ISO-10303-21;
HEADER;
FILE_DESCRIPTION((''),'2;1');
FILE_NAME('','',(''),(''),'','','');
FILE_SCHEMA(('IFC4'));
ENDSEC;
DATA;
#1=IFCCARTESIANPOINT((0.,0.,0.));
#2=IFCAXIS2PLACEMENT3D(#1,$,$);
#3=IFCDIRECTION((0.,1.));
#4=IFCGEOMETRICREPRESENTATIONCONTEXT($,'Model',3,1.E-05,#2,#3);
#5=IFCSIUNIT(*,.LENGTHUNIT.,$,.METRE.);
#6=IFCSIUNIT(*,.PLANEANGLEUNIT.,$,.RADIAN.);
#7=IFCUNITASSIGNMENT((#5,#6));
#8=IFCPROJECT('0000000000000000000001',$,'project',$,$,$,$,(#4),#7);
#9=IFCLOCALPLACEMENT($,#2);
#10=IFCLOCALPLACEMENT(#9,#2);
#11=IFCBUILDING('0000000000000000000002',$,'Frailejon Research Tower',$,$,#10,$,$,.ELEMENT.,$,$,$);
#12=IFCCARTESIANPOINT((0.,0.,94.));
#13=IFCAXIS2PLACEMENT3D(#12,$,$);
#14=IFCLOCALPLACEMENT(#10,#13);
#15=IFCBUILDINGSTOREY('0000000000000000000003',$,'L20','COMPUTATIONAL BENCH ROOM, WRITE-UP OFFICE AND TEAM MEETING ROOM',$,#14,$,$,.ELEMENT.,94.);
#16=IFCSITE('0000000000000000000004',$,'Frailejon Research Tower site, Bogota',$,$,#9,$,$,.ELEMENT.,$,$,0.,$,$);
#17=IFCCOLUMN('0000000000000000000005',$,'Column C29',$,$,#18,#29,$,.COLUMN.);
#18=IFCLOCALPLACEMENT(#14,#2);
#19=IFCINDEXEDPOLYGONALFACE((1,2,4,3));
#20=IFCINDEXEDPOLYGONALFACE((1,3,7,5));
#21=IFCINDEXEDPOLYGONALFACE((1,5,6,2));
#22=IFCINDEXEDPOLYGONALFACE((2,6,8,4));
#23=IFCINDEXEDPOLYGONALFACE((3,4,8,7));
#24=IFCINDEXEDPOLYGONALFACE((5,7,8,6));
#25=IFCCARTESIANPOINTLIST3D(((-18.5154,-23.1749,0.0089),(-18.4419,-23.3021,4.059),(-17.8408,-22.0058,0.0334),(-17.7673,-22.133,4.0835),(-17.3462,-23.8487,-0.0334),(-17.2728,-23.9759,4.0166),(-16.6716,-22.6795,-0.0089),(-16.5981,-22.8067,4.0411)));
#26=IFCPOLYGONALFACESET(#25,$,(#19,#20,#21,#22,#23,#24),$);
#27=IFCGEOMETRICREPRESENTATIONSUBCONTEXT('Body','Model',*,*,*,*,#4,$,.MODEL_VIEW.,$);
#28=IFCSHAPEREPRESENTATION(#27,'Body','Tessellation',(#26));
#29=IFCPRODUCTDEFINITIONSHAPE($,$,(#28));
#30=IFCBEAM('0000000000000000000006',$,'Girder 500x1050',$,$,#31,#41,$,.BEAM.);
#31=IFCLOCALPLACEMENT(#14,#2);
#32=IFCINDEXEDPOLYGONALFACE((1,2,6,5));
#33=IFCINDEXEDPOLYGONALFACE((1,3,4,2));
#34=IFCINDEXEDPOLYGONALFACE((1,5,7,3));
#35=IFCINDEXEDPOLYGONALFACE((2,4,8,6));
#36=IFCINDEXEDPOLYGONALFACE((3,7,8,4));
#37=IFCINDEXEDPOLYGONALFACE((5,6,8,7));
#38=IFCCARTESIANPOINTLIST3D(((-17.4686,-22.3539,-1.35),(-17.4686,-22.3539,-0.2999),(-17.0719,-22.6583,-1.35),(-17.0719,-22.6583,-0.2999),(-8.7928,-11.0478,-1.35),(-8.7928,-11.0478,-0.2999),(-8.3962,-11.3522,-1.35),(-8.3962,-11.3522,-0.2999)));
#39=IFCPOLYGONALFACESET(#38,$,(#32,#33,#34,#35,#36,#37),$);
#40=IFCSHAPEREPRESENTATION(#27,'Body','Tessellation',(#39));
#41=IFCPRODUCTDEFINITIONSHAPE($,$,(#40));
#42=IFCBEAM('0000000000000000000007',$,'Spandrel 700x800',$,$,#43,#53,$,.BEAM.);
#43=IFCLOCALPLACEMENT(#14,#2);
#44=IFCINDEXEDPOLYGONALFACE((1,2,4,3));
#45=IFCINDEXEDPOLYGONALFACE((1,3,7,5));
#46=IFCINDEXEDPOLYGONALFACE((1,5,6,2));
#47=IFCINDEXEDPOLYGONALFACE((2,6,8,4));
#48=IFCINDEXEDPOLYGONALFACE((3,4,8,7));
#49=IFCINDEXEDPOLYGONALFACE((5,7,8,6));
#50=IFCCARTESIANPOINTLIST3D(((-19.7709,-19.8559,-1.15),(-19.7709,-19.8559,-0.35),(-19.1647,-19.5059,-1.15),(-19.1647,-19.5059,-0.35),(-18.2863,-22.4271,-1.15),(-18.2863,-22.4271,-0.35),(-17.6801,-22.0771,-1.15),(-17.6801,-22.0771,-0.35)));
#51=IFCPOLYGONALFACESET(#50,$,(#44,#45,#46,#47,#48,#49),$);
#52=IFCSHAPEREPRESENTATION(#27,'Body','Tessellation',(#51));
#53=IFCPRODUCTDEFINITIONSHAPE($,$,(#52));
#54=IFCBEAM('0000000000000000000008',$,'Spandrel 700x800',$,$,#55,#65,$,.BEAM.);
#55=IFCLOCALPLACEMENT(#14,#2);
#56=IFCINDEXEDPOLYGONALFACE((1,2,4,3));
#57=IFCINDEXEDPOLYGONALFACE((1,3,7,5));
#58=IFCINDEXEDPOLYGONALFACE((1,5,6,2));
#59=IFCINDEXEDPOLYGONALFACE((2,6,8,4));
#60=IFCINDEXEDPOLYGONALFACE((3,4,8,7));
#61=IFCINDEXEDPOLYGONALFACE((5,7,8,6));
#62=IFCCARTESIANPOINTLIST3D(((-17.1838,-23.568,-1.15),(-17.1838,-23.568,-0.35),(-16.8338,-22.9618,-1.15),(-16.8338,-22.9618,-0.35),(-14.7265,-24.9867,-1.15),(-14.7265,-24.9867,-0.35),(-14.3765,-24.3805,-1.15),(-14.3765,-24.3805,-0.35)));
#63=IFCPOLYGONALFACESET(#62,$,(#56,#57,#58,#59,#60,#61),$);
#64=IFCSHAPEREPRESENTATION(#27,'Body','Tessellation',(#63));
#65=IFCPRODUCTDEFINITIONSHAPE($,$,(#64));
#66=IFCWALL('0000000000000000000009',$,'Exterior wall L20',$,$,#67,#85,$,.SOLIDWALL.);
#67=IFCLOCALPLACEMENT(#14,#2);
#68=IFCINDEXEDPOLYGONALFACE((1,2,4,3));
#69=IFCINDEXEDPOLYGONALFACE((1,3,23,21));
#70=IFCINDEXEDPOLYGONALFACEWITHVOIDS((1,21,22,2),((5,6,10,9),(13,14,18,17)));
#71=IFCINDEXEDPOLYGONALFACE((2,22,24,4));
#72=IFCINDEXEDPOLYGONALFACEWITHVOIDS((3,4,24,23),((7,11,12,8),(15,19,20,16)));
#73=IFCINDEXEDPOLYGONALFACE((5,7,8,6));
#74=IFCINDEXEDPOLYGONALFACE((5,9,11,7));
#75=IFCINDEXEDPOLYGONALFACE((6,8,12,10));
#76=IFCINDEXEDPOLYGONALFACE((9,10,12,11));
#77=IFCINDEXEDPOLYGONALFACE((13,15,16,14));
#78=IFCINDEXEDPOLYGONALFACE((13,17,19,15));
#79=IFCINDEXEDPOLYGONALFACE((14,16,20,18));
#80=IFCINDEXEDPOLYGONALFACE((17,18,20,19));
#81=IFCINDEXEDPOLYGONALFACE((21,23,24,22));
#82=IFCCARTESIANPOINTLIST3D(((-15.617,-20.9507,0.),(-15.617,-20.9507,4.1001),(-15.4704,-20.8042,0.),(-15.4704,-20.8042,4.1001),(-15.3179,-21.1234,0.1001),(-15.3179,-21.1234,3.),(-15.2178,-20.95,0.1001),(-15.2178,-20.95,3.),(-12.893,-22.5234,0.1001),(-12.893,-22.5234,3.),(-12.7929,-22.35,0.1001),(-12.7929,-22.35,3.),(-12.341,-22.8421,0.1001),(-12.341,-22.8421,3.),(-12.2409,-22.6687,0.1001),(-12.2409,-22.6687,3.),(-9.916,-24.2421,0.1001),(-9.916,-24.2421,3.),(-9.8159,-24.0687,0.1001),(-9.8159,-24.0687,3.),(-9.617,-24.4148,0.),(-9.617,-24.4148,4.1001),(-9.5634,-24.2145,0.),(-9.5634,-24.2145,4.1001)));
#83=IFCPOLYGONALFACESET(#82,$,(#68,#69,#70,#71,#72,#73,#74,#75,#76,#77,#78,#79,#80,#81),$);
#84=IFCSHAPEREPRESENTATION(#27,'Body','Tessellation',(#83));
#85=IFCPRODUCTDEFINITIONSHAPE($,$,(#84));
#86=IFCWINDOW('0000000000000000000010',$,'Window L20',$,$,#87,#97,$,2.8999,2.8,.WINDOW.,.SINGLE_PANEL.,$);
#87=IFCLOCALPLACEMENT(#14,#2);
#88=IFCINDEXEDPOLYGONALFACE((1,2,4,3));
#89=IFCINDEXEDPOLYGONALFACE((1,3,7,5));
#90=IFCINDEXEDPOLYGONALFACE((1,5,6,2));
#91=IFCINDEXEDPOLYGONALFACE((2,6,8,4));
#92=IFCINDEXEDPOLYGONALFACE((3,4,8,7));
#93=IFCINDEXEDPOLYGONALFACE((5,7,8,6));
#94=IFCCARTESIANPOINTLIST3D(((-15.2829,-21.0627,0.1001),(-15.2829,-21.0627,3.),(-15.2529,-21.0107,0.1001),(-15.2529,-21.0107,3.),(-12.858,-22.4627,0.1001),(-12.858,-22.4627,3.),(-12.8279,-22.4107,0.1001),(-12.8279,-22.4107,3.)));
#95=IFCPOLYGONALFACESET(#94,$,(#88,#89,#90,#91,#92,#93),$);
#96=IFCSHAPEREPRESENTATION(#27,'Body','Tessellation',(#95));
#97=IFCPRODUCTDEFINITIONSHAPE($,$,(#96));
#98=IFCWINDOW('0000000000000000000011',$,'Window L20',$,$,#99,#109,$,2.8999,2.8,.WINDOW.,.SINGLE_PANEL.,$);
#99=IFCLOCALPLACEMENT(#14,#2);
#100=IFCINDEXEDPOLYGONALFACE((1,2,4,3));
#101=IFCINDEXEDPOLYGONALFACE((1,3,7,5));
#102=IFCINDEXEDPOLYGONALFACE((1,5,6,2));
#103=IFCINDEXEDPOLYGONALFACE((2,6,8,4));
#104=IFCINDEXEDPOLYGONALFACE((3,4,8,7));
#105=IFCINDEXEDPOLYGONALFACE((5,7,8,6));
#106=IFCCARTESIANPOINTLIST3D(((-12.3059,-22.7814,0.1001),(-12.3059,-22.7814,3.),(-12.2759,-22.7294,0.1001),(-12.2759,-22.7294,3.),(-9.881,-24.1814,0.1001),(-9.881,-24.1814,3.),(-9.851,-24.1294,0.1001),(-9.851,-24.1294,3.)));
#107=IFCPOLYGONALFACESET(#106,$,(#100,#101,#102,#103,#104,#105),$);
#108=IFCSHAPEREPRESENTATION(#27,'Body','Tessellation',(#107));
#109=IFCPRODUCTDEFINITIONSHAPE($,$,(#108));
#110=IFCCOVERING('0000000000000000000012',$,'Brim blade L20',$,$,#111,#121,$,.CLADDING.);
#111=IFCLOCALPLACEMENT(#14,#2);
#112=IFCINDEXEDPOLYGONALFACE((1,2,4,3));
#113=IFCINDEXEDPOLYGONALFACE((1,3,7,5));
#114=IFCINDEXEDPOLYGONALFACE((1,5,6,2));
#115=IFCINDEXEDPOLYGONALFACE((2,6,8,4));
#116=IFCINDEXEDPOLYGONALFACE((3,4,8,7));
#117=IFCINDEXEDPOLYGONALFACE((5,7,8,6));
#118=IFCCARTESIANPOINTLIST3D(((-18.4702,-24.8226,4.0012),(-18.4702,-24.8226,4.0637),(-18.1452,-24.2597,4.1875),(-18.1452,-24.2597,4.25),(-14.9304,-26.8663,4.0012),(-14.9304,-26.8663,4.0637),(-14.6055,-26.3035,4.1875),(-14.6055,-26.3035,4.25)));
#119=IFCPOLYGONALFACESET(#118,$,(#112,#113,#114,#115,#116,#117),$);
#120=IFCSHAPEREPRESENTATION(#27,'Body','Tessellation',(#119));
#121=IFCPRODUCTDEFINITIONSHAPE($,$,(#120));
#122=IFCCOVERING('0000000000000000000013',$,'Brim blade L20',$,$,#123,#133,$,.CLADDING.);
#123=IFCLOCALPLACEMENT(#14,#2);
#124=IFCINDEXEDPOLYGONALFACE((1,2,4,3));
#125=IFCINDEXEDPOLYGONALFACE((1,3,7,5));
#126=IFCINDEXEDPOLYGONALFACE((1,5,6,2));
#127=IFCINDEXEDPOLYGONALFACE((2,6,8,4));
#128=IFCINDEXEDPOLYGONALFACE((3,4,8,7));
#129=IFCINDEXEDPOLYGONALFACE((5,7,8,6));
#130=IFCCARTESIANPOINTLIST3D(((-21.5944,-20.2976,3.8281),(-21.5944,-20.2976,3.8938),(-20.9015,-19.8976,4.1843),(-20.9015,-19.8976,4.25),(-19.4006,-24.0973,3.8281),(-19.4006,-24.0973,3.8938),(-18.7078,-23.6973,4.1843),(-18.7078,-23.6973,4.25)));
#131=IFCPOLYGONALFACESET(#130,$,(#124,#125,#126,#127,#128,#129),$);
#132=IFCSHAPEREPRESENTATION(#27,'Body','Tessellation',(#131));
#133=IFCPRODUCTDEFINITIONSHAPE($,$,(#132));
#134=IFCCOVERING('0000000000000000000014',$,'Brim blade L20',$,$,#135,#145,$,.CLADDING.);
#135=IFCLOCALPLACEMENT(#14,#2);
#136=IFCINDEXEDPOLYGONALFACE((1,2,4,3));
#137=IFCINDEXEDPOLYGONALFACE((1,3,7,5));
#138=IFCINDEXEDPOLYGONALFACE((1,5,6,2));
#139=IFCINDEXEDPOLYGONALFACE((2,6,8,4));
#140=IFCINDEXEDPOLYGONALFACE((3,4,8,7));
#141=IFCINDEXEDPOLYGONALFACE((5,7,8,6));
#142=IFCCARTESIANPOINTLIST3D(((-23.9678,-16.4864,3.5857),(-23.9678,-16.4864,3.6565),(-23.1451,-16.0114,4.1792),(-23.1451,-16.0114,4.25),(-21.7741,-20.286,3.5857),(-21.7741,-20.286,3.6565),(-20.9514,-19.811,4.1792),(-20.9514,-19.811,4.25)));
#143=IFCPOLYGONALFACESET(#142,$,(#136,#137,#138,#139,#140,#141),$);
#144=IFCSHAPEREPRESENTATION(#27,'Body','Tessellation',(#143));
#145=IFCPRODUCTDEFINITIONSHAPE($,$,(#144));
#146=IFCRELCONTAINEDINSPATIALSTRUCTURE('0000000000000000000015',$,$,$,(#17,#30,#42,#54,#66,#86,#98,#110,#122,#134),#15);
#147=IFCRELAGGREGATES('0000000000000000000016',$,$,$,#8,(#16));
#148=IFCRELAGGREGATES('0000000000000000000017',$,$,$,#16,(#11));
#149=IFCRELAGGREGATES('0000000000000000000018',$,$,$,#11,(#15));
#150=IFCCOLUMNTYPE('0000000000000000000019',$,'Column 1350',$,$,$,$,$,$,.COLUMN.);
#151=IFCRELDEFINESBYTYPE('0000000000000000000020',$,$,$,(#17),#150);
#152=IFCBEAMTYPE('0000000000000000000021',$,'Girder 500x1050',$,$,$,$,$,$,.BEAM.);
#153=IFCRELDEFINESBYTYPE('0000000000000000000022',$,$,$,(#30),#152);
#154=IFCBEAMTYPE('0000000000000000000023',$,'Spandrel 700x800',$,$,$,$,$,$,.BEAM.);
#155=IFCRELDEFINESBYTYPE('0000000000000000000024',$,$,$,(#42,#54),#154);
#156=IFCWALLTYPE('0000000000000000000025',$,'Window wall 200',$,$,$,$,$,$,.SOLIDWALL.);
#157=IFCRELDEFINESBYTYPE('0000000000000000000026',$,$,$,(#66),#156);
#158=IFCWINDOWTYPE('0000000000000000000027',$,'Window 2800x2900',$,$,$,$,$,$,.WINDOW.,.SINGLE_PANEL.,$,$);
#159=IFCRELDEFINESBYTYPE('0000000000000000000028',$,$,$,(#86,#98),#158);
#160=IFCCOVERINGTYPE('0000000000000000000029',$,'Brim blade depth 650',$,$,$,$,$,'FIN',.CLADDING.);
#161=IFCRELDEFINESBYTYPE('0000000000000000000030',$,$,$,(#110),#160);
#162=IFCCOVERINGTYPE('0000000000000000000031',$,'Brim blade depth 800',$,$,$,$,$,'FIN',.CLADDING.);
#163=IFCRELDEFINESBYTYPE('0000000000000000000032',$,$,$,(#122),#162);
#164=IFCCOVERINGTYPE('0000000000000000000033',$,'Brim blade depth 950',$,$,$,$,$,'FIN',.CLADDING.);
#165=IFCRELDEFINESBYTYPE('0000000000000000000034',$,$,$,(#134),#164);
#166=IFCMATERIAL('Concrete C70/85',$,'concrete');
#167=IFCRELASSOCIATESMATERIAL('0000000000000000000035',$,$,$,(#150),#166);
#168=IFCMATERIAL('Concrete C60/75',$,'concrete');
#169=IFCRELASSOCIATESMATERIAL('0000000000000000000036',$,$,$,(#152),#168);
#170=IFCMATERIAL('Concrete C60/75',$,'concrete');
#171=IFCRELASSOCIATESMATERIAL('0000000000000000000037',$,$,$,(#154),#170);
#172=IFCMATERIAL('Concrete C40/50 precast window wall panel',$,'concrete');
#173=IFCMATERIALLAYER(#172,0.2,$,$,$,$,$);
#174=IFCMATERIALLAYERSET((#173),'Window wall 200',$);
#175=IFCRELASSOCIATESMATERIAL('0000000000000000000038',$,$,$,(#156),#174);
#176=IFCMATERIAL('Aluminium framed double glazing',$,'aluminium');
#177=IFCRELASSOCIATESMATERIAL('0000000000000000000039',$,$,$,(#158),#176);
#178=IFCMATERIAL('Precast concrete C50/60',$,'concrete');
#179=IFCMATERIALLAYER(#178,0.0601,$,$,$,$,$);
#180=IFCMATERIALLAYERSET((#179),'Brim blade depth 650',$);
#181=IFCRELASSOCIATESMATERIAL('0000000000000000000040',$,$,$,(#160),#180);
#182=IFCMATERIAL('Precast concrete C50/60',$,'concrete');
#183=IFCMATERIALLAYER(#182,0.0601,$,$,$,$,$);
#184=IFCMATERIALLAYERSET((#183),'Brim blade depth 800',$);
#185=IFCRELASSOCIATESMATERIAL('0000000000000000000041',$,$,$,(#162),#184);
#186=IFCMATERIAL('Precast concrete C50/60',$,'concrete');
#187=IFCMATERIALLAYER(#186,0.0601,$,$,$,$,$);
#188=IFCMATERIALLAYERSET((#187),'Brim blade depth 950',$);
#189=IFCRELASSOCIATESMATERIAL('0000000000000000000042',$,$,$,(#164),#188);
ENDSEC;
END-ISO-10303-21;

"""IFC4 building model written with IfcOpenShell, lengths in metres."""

from ifc_helpers import new_model, si_unit, direction, frame, frame_2d, origin, origin_2d, place, context, subcontext, project, spatial, polyline, rectangle, outline, extrude, material, layer, layer_set, material_profile, profile_set, type_object, element, fill, save


model = new_model("IFC4")

# Units and contexts
model_context = context("Model", 3, precision=1e-05, world=origin(), true_north=direction((0.0, 1.0)))
body_context = subcontext(model_context, "Body", "Model", "MODEL_VIEW")
ifc_project = project(units=[si_unit("LENGTHUNIT", "METRE"), si_unit("PLANEANGLEUNIT", "RADIAN")], contexts=[model_context])

# Site, building, storey
site_placement = place(None, origin())
site = spatial("IfcSite", under=ifc_project, at=site_placement, Name="Frailejon Research Tower site, Bogota", CompositionType="ELEMENT", RefElevation=0.0)
building_placement = place(site_placement, origin())
building = spatial("IfcBuilding", under=site, at=building_placement, Name="Frailejon Research Tower", CompositionType="ELEMENT")
storey_placement = place(building_placement, frame((0.0, 0.0, 94.0)))
storey = spatial("IfcBuildingStorey", under=building, at=storey_placement, Name="L20", Description="COMPUTATIONAL BENCH ROOM, WRITE-UP OFFICE AND TEAM MEETING ROOM", CompositionType="ELEMENT", Elevation=94.0)

# Column
ifc_material_1 = material(Name="Concrete C70/85", Category="concrete")
ifc_material_profile_1 = material_profile(ifc_material_1, rectangle(XDim=1.3501, YDim=1.3501, at=origin_2d()), Name="Column 1350")
ifc_profile_set_1 = profile_set([ifc_material_profile_1], Name="Concrete C70/85")
column_type = type_object("IfcColumnType", Name="Column 1350", PredefinedType="COLUMN", material=ifc_profile_set_1)
column_placement = place(storey_placement, frame((-17.5935, -22.9272, 0.0), z_axis=(0.018133, -0.031386, 0.999343), x_axis=(0.865999, -0.499059, -0.031387)))
element("IfcColumn", 1, at=column_placement, inside=storey, type_object=column_type, Name="Column C29", PredefinedType="COLUMN", context=body_context, shape_type="SweptSolid", body=[
    extrude(rectangle(XDim=1.3501, YDim=1.3501, at=origin_2d()), origin(), (0.0, 0.0, 1.0), 4.0527),
])

# Beams
ifc_material_2 = material(Name="Concrete C60/75", Category="concrete")
ifc_material_profile_2 = material_profile(ifc_material_2, rectangle(XDim=0.5, YDim=1.05, at=origin_2d()), Name="Girder 500x1050")
ifc_profile_set_2 = profile_set([ifc_material_profile_2], Name="Concrete C60/75")
beam_type_1 = type_object("IfcBeamType", Name="Girder 500x1050", PredefinedType="BEAM", material=ifc_profile_set_2)
beam_1_placement = place(storey_placement, frame((-17.2703, -22.5061, -0.825), z_axis=(0.608773, 0.793344, 0.0), x_axis=(-0.793344, 0.608773, 0.0)))
element("IfcBeam", 2, at=beam_1_placement, inside=storey, type_object=beam_type_1, Name="Girder 500x1050", PredefinedType="BEAM", context=body_context, shape_type="SweptSolid", body=[
    extrude(rectangle(XDim=0.5, YDim=1.05, at=origin_2d()), origin(), (0.0, 0.0, 1.0), 14.2512),
])
ifc_material_3 = material(Name="Concrete C60/75", Category="concrete")
ifc_material_profile_3 = material_profile(ifc_material_3, rectangle(XDim=0.7, YDim=0.8, at=origin_2d()), Name="Spandrel 700x800")
ifc_profile_set_3 = profile_set([ifc_material_profile_3], Name="Concrete C60/75")
beam_type_2 = type_object("IfcBeamType", Name="Spandrel 700x800", PredefinedType="BEAM", material=ifc_profile_set_3)
beam_2_placement = place(storey_placement, frame((-19.4678, -19.6809, -0.75), z_axis=(0.500021, -0.866013, 0.0), x_axis=(0.866013, 0.500021, 0.0)))
element("IfcBeam", 3, at=beam_2_placement, inside=storey, type_object=beam_type_2, Name="Spandrel 700x800", PredefinedType="BEAM", context=body_context, shape_type="SweptSolid", body=[
    extrude(rectangle(XDim=0.7, YDim=0.8, at=origin_2d()), origin(), (0.0, 0.0, 1.0), 2.969),
])
beam_3_placement = place(storey_placement, frame((-17.0088, -23.2649, -0.75), z_axis=(0.866027, -0.499998, 0.0), x_axis=(0.499998, 0.866027, 0.0)))
element("IfcBeam", 4, at=beam_3_placement, inside=storey, type_object=beam_type_2, Name="Spandrel 700x800", PredefinedType="BEAM", context=body_context, shape_type="SweptSolid", body=[
    extrude(rectangle(XDim=0.7, YDim=0.8, at=origin_2d()), origin(), (0.0, 0.0, 1.0), 2.8374),
])

# Wall, openings, windows
ifc_material_4 = material(Name="Concrete C40/50 precast window wall panel", Category="concrete")
ifc_layer_1 = layer(ifc_material_4, 0.2)
ifc_layer_set_1 = layer_set([ifc_layer_1], Name="Window wall 200")
wall_type = type_object("IfcWallType", Name="Window wall 200", PredefinedType="SOLIDWALL", material=ifc_layer_set_1)
wall_placement = place(storey_placement, frame((-15.5437, -20.8774, 0.0), z_axis=(0.0, 0.0, 1.0), x_axis=(0.866029, -0.499993, 0.0)))
wall = element("IfcWall", 5, at=wall_placement, inside=storey, type_object=wall_type, Name="Exterior wall L20", PredefinedType="SOLIDWALL", context=body_context, shape_type="SweptSolid", body=[
    extrude(outline(polyline([(-0.0269, -0.1001), (1.1279, -0.1001), (2.2825, -0.1001), (3.4373, -0.1001), (4.592, -0.1001), (5.7466, -0.1001), (6.9014, -0.1001), (6.8477, 0.1001), (5.7109, 0.1001), (4.574, 0.1001), (3.4373, 0.1001), (2.3005, 0.1001), (1.1636, 0.1001), (0.0269, 0.1001), (-0.0269, -0.1001)])), origin(), (0.0, 0.0, 1.0), 4.1001),
])
opening_1_placement = place(wall_placement, frame((0.3186, 0.0, 0.1001)))
opening_1 = element("IfcOpeningElement", 6, at=opening_1_placement, cuts=wall, PredefinedType="OPENING", context=body_context, shape_type="SweptSolid", body=[
    extrude(rectangle(XDim=2.8, YDim=2.8999, at=frame_2d((1.3999, 1.45))), frame((0.0, 0.1099, 0.0), z_axis=(0.0, -1.0, 0.0), x_axis=(1.0, 0.0, 0.0)), (0.0, 0.0, 1.0), 0.22),
])
opening_2_placement = place(wall_placement, frame((3.7561, 0.0, 0.1001)))
opening_2 = element("IfcOpeningElement", 7, at=opening_2_placement, cuts=wall, PredefinedType="OPENING", context=body_context, shape_type="SweptSolid", body=[
    extrude(rectangle(XDim=2.8, YDim=2.8999, at=frame_2d((1.3999, 1.45))), frame((0.0, 0.1099, 0.0), z_axis=(0.0, -1.0, 0.0), x_axis=(1.0, 0.0, 0.0)), (0.0, 0.0, 1.0), 0.22),
])
ifc_material_5 = material(Name="Aluminium framed double glazing", Category="aluminium")
window_type = type_object("IfcWindowType", Name="Window 2800x2900", PartitioningType="SINGLE_PANEL", PredefinedType="WINDOW", material=ifc_material_5)
window_1_placement = place(opening_1_placement, origin())
window_1 = element("IfcWindow", 8, at=window_1_placement, inside=storey, type_object=window_type, Name="Window L20", OverallHeight=2.8999, OverallWidth=2.8, PartitioningType="SINGLE_PANEL", PredefinedType="WINDOW", context=body_context, shape_type="SweptSolid", body=[
    extrude(rectangle(XDim=2.8, YDim=2.8999, at=frame_2d((1.3999, 1.45))), frame((0.0, 0.03, 0.0), z_axis=(0.0, -1.0, 0.0), x_axis=(1.0, 0.0, 0.0)), (0.0, 0.0, 1.0), 0.0601),
])
fill(opening_1, window_1)
window_2_placement = place(opening_2_placement, origin())
window_2 = element("IfcWindow", 9, at=window_2_placement, inside=storey, type_object=window_type, Name="Window L20", OverallHeight=2.8999, OverallWidth=2.8, PartitioningType="SINGLE_PANEL", PredefinedType="WINDOW", context=body_context, shape_type="SweptSolid", body=[
    extrude(rectangle(XDim=2.8, YDim=2.8999, at=frame_2d((1.3999, 1.45))), frame((0.0, 0.03, 0.0), z_axis=(0.0, -1.0, 0.0), x_axis=(1.0, 0.0, 0.0)), (0.0, 0.0, 1.0), 0.0601),
])
fill(opening_2, window_2)

# Coverings
ifc_material_6 = material(Name="Precast concrete C50/60", Category="concrete")
ifc_layer_2 = layer(ifc_material_6, 0.0601)
ifc_layer_set_2 = layer_set([ifc_layer_2], Name="Brim blade depth 650")
covering_type_1 = type_object("IfcCoveringType", Name="Brim blade depth 650", ElementType="FIN", PredefinedType="CLADDING", material=ifc_layer_set_2)
covering_1_placement = place(storey_placement, frame((-14.6055, -26.3035, 4.25), z_axis=(-0.866021, 0.500007, 0.0), x_axis=(-0.500007, -0.866021, 0.0)))
element("IfcCovering", 10, at=covering_1_placement, inside=storey, type_object=covering_type_1, Name="Brim blade L20", PredefinedType="CLADDING", context=body_context, shape_type="SweptSolid", body=[
    extrude(outline(polyline([(0.0, -0.0625), (0.6499, -0.2488), (0.6499, -0.1863), (0.0, 0.0), (0.0, -0.0625)])), origin(), (0.0, 0.0, 1.0), 4.0874),
])
ifc_material_7 = material(Name="Precast concrete C50/60", Category="concrete")
ifc_layer_3 = layer(ifc_material_7, 0.0601)
ifc_layer_set_3 = layer_set([ifc_layer_3], Name="Brim blade depth 800")
covering_type_2 = type_object("IfcCoveringType", Name="Brim blade depth 800", ElementType="FIN", PredefinedType="CLADDING", material=ifc_layer_set_3)
covering_2_placement = place(storey_placement, frame((-18.7078, -23.6973, 4.25), z_axis=(-0.5, 0.866025, 0.0), x_axis=(-0.866025, -0.5, 0.0)))
element("IfcCovering", 11, at=covering_2_placement, inside=storey, type_object=covering_type_2, Name="Brim blade L20", PredefinedType="CLADDING", context=body_context, shape_type="SweptSolid", body=[
    extrude(outline(polyline([(0.0, -0.0657), (0.8, -0.4219), (0.8, -0.3562), (0.0, 0.0), (0.0, -0.0657)])), origin(), (0.0, 0.0, 1.0), 4.3875),
])
ifc_material_8 = material(Name="Precast concrete C50/60", Category="concrete")
ifc_layer_4 = layer(ifc_material_8, 0.0601)
ifc_layer_set_4 = layer_set([ifc_layer_4], Name="Brim blade depth 950")
covering_type_3 = type_object("IfcCoveringType", Name="Brim blade depth 950", ElementType="FIN", PredefinedType="CLADDING", material=ifc_layer_set_4)
covering_3_placement = place(storey_placement, frame((-20.9514, -19.811, 4.25), z_axis=(-0.5, 0.866025, 0.0), x_axis=(-0.866025, -0.5, 0.0)))
element("IfcCovering", 12, at=covering_3_placement, inside=storey, type_object=covering_type_3, Name="Brim blade L20", PredefinedType="CLADDING", context=body_context, shape_type="SweptSolid", body=[
    extrude(outline(polyline([(0.0, -0.0708), (0.95, -0.6643), (0.95, -0.5935), (0.0, 0.0), (0.0, -0.0708)])), origin(), (0.0, 0.0, 1.0), 4.3875),
])

save(model, "model.ifc")
